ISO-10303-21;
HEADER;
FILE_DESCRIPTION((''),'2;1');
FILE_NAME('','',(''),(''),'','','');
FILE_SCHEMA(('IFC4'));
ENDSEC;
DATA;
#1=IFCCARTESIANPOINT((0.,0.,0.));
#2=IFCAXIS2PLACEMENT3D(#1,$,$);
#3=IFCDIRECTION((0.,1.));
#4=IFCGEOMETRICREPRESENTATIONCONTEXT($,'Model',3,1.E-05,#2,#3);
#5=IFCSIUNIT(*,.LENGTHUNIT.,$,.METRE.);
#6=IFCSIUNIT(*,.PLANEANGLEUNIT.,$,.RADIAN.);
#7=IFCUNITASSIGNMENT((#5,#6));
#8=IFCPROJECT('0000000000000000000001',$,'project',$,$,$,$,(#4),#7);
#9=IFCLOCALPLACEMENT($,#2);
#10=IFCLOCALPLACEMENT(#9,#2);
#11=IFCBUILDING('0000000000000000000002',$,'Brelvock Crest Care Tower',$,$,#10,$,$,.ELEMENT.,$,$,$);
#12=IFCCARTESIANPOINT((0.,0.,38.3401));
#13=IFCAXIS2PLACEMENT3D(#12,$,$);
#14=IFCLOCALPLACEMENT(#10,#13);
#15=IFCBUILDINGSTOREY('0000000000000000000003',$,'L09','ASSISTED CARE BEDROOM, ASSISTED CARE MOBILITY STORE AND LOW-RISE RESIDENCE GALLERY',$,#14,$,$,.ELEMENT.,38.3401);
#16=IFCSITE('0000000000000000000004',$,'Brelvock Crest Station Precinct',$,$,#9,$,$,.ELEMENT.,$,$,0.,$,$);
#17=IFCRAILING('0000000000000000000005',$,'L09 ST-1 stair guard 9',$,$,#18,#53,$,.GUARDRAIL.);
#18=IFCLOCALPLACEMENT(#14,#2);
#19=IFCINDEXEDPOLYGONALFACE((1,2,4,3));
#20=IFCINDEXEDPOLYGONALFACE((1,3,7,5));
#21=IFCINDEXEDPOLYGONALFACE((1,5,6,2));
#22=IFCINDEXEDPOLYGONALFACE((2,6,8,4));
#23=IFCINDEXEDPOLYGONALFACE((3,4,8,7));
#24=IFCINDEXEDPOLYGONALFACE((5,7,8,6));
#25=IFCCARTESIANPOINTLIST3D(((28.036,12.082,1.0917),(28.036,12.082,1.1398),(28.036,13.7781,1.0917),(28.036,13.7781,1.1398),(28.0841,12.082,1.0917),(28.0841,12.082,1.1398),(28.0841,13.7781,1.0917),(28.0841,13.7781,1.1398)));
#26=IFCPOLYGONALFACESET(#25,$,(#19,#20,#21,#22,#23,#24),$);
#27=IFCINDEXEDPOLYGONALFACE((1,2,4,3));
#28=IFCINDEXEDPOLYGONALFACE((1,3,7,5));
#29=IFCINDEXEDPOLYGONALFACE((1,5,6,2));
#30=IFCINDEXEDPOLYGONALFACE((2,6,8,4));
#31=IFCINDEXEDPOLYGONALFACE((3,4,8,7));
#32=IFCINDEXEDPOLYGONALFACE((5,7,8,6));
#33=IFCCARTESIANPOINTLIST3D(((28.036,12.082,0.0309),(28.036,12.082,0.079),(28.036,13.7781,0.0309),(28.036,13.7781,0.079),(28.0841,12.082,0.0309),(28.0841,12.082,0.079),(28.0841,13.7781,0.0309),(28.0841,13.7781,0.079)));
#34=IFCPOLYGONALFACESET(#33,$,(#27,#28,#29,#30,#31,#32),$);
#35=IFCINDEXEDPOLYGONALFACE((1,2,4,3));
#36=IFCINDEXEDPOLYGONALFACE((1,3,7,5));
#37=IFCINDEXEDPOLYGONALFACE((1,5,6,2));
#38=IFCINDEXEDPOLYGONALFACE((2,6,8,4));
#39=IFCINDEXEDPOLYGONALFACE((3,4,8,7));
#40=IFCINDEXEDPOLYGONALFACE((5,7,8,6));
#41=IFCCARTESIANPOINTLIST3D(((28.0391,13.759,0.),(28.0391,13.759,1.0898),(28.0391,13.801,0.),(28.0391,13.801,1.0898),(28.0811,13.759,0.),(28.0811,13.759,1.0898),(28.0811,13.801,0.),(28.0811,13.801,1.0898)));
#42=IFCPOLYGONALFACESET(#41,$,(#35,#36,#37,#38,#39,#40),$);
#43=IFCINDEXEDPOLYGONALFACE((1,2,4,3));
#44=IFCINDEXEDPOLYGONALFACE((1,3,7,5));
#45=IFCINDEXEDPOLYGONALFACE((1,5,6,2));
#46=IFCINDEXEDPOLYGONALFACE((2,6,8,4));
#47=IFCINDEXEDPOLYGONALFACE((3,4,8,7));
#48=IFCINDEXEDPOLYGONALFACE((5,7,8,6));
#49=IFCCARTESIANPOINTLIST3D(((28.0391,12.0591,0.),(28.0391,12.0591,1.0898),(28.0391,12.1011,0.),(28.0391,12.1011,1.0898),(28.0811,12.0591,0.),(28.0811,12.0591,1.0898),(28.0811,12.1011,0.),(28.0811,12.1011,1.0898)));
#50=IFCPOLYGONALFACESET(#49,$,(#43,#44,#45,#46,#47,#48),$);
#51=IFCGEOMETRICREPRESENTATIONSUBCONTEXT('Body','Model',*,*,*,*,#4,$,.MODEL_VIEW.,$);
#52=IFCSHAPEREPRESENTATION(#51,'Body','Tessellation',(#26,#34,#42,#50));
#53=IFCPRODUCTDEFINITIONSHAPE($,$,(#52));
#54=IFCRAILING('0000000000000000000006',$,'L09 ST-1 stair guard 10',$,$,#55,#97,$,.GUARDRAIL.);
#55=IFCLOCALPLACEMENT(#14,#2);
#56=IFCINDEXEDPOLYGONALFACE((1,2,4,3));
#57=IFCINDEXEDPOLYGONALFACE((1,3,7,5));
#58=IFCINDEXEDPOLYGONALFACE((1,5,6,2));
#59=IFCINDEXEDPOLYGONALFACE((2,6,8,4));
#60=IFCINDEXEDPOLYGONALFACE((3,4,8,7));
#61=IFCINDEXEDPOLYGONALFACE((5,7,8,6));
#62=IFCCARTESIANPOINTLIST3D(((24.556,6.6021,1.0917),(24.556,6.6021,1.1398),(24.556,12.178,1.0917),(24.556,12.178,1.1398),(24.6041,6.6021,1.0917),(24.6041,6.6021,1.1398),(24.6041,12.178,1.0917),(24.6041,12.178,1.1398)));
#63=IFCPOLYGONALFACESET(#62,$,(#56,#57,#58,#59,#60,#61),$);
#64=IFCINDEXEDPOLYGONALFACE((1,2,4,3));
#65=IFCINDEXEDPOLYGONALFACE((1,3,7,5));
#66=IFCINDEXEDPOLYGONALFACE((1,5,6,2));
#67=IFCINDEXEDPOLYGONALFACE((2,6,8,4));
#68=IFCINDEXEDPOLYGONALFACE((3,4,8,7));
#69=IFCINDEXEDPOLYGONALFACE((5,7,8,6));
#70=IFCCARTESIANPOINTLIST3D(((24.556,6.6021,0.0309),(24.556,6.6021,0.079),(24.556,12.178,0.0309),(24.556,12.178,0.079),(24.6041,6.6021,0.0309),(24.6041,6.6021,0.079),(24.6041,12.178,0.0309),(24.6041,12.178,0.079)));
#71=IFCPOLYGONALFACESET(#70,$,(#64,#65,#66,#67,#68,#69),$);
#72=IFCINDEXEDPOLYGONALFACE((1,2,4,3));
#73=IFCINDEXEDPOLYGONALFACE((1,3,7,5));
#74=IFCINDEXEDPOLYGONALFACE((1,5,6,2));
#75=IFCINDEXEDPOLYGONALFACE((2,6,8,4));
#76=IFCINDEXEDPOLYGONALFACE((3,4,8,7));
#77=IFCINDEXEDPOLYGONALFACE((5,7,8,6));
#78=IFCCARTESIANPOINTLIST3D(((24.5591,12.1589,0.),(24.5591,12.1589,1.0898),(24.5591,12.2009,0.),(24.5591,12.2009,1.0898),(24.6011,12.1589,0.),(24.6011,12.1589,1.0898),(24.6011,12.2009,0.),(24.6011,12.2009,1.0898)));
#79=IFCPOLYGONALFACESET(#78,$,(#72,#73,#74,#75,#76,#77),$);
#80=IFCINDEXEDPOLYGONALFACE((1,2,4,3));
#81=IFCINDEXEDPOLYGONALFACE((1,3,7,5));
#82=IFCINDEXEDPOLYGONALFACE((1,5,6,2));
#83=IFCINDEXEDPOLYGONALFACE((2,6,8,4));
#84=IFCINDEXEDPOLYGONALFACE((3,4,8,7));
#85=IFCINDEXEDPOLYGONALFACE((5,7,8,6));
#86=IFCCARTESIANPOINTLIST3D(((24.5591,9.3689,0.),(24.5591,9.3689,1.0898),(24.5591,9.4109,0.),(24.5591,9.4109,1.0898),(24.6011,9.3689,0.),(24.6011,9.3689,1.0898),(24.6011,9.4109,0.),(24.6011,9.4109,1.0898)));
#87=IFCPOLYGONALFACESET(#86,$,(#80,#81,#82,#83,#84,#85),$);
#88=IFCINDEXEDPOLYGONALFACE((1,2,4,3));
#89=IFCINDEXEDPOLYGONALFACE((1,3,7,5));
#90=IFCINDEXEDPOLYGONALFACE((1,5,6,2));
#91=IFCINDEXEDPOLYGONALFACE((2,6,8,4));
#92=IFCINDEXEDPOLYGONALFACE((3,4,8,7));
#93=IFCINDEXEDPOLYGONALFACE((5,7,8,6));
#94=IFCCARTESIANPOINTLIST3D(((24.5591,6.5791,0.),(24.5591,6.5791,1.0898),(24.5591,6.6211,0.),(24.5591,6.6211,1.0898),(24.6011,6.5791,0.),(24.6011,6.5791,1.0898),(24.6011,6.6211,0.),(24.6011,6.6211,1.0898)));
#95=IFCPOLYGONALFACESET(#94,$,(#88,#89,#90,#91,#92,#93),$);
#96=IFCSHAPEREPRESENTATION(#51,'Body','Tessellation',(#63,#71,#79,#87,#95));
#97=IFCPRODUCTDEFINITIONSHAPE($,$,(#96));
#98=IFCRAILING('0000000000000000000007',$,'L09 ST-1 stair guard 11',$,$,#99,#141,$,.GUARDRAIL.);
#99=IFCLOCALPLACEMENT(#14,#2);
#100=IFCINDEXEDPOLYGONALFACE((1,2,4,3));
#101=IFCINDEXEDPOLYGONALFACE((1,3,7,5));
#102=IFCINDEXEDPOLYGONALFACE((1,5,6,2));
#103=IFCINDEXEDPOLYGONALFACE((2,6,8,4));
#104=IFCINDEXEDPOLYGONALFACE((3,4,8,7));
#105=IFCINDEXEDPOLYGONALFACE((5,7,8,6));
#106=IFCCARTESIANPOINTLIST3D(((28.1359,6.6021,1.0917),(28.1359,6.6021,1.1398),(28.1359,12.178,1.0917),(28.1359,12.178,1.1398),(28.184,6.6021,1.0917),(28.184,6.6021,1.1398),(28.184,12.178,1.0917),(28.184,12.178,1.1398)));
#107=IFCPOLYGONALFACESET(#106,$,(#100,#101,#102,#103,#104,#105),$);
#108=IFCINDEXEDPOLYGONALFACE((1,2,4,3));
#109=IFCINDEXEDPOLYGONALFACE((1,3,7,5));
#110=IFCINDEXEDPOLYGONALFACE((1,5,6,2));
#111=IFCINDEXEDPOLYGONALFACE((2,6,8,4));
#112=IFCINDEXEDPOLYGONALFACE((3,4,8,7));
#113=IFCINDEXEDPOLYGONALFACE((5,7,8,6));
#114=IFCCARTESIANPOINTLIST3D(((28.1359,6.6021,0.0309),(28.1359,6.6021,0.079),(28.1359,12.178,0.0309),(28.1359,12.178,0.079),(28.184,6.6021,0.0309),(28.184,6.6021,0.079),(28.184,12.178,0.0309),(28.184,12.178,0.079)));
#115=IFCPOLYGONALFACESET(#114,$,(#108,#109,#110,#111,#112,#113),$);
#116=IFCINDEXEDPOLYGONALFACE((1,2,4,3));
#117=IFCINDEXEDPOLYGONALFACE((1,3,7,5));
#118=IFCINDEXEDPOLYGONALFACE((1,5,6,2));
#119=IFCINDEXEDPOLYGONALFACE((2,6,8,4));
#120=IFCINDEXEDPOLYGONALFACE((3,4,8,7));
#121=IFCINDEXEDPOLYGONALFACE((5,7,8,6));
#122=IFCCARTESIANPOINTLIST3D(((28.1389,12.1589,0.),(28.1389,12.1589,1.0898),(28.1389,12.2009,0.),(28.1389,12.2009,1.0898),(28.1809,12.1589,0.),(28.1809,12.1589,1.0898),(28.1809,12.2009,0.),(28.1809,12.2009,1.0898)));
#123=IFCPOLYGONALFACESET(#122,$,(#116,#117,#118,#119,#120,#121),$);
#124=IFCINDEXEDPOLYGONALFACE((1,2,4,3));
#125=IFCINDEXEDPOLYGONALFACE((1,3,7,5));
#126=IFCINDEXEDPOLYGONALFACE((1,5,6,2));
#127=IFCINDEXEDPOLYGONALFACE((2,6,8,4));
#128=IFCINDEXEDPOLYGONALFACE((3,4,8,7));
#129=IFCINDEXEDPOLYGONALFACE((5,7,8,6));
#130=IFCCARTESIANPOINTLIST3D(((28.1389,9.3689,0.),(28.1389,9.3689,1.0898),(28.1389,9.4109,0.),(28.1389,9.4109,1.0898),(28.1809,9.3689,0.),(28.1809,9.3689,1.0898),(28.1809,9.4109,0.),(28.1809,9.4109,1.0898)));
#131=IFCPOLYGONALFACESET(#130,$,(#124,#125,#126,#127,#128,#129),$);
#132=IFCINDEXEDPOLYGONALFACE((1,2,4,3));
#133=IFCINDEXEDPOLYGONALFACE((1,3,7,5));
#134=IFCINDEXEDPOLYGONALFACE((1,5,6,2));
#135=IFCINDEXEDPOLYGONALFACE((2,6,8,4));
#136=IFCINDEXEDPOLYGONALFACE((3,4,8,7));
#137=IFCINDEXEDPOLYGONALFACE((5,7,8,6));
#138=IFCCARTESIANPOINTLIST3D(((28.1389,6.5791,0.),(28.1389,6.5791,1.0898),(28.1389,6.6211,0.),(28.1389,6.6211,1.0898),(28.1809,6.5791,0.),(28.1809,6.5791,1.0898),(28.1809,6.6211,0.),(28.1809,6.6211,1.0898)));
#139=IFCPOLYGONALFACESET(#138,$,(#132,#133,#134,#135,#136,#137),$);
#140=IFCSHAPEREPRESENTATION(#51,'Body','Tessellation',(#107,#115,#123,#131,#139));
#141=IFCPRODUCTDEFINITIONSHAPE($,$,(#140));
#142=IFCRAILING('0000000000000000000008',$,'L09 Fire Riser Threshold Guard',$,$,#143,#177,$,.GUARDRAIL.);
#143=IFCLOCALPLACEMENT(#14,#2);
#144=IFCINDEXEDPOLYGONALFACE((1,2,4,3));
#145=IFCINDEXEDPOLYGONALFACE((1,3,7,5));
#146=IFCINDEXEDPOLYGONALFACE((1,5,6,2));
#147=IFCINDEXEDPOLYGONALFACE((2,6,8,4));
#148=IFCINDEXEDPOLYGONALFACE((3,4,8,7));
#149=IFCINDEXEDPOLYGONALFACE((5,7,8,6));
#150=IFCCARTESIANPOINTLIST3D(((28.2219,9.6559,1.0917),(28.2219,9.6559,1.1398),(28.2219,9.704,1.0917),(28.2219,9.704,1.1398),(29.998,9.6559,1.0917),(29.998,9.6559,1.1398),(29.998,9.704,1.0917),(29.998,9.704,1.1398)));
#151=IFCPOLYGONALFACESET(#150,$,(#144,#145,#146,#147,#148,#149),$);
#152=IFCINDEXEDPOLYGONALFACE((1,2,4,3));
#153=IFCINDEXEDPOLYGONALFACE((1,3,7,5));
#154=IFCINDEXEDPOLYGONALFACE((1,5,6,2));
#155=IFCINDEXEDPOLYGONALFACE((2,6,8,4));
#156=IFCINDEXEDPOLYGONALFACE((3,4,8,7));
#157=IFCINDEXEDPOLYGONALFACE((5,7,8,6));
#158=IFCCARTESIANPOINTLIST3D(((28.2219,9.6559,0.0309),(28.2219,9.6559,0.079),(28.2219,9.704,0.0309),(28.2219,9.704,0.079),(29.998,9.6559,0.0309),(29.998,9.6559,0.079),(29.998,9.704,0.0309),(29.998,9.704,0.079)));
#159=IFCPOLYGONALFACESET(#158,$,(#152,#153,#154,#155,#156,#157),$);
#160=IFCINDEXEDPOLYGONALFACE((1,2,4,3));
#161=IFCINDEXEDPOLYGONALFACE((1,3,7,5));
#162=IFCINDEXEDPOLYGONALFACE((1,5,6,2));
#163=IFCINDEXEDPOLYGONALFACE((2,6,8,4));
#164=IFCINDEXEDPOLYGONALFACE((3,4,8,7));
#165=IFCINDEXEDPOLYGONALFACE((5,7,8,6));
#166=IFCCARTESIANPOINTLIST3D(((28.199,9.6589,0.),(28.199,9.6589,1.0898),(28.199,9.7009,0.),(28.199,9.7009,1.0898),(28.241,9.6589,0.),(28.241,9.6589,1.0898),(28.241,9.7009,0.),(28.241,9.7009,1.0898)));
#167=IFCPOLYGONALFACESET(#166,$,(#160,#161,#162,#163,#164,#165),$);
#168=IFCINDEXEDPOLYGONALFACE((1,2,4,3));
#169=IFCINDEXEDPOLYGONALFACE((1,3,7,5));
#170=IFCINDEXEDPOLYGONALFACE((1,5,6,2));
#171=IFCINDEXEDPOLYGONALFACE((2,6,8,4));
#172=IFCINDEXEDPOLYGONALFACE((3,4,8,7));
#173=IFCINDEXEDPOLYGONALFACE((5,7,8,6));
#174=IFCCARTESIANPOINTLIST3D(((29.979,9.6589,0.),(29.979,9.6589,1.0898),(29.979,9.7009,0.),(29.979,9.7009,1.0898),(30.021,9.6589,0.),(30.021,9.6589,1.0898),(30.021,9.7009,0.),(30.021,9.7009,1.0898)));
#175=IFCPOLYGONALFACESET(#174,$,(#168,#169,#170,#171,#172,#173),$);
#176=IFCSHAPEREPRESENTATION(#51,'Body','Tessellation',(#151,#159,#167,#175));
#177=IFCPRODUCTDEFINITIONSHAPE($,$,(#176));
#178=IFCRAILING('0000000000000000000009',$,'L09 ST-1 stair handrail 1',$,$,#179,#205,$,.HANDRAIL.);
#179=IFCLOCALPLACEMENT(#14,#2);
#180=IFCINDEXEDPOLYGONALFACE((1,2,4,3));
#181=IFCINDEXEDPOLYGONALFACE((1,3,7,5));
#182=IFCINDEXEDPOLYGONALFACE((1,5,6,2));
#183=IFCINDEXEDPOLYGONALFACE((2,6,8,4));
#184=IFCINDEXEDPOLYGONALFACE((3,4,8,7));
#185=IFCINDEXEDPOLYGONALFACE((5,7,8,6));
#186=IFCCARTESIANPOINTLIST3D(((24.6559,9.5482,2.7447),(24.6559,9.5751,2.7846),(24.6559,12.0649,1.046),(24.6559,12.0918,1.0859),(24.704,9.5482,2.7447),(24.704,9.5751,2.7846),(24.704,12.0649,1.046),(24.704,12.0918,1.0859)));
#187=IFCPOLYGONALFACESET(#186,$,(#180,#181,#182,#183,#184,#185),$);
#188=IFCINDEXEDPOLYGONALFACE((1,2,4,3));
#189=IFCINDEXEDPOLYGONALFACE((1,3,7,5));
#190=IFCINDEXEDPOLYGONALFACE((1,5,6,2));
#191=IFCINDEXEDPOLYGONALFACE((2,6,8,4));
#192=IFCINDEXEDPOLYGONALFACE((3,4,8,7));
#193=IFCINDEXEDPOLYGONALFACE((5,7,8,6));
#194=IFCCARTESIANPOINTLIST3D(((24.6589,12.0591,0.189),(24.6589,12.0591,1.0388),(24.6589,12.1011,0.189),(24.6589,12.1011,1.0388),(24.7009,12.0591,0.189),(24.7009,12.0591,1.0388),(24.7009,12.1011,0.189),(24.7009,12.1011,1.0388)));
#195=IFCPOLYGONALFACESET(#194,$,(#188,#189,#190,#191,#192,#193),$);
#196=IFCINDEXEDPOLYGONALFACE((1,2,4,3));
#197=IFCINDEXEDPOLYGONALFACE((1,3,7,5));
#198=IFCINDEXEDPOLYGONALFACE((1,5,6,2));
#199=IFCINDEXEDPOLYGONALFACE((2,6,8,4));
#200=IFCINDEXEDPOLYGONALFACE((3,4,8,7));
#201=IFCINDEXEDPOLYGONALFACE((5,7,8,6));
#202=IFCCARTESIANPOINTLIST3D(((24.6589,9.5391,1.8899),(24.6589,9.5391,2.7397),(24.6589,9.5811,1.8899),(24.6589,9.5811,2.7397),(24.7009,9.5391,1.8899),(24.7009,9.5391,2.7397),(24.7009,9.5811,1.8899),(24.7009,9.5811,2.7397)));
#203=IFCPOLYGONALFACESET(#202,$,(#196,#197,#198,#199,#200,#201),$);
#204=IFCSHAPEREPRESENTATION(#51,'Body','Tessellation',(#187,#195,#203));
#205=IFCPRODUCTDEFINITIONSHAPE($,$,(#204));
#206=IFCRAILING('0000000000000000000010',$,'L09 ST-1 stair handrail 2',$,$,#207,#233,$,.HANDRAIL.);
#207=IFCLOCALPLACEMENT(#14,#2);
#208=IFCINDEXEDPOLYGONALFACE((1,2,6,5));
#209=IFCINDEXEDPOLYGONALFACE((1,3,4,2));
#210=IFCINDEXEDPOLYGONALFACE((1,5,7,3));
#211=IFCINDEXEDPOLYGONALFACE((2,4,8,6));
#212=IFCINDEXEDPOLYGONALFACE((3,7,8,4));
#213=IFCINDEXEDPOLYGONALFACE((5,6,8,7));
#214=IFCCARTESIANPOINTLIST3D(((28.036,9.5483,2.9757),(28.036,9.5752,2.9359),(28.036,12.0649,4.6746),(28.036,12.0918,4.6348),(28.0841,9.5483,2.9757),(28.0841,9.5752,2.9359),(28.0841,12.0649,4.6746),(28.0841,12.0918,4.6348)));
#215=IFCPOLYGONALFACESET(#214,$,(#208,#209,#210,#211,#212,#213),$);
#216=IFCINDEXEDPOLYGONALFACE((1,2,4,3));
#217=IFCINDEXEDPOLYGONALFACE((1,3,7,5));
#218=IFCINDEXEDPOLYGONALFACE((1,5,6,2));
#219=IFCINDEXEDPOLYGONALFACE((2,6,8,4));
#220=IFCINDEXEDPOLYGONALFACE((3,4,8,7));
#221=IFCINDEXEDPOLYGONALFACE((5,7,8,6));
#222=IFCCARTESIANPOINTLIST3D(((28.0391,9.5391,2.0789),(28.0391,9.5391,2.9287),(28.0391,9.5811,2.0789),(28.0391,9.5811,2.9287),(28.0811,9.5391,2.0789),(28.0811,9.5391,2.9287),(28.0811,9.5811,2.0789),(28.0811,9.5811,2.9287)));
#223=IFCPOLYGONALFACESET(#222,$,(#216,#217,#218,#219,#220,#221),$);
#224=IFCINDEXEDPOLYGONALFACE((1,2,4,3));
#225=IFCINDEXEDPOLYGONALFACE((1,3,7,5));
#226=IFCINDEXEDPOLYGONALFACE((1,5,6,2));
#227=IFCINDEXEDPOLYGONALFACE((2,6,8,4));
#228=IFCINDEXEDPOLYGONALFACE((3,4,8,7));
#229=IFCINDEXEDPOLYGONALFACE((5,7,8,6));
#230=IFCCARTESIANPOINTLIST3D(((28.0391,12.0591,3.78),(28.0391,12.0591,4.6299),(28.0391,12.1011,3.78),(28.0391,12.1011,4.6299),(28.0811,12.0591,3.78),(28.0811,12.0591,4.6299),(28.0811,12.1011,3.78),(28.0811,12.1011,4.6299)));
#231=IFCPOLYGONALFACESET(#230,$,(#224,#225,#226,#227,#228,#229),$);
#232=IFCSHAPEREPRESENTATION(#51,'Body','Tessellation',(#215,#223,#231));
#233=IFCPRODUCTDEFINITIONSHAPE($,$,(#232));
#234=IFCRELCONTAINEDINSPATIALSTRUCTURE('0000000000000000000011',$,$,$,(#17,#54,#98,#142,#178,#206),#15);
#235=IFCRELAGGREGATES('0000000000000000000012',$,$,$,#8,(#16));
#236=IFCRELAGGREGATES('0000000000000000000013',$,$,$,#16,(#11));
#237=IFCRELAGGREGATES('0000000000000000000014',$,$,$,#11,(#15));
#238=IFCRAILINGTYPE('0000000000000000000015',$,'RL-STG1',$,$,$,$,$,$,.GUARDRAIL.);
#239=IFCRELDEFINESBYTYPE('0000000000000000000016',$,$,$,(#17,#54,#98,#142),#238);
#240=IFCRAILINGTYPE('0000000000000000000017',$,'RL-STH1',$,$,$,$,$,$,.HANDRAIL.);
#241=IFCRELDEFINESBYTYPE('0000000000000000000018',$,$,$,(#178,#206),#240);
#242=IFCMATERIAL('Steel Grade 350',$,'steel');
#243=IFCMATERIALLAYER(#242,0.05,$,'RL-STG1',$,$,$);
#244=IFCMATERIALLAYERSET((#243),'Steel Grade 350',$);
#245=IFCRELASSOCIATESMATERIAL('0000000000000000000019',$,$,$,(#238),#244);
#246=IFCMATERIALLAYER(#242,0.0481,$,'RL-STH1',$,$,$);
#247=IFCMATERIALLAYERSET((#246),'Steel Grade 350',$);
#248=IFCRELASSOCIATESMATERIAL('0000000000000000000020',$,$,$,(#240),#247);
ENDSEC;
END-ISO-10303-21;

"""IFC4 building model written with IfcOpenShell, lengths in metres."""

from ifc_helpers import new_model, si_unit, direction, frame, origin, origin_2d, place, context, subcontext, project, spatial, rectangle, extrude, material, layer, layer_set, type_object, element, save


model = new_model("IFC4")

# Units and contexts
model_context = context("Model", 3, precision=1e-05, world=origin(), true_north=direction((0.0, 1.0)))
body_context = subcontext(model_context, "Body", "Model", "MODEL_VIEW")
ifc_project = project(units=[si_unit("LENGTHUNIT", "METRE"), si_unit("PLANEANGLEUNIT", "RADIAN")], contexts=[model_context])

# Site, building, storey
site_placement = place(None, origin())
site = spatial("IfcSite", under=ifc_project, at=site_placement, Name="Brelvock Crest Station Precinct", CompositionType="ELEMENT", RefElevation=0.0)
building_placement = place(site_placement, origin())
building = spatial("IfcBuilding", under=site, at=building_placement, Name="Brelvock Crest Care Tower", CompositionType="ELEMENT")
storey_placement = place(building_placement, frame((0.0, 0.0, 38.3401)))
storey = spatial("IfcBuildingStorey", under=building, at=storey_placement, Name="L09", Description="ASSISTED CARE BEDROOM, ASSISTED CARE MOBILITY STORE AND LOW-RISE RESIDENCE GALLERY", CompositionType="ELEMENT", Elevation=38.3401)

# Shared definitions
ifc_material_1 = material(Name="Steel Grade 350", Category="steel")

# Railings
ifc_layer_1 = layer(ifc_material_1, 0.05, Name="RL-STG1")
ifc_layer_set_1 = layer_set([ifc_layer_1], Name="Steel Grade 350")
railing_type_1 = type_object("IfcRailingType", Name="RL-STG1", PredefinedType="GUARDRAIL", material=ifc_layer_set_1)
for number, where, name in (
    (1, (28.0601, 13.78, 0.0), "L09 ST-1 stair guard 9"),
):
    element("IfcRailing", number, at=place(storey_placement, frame(where)), inside=storey, type_object=railing_type_1, Name=name, PredefinedType="GUARDRAIL", context=body_context, shape_type="SweptSolid", body=[
        extrude(rectangle(XDim=0.0481, YDim=0.0481, at=origin_2d()), frame((0.0, -0.002, 1.1157), z_axis=(0.0, -1.0, 0.0), x_axis=(1.0, 0.0, 0.0)), (0.0, 0.0, 1.0), 1.696),
        extrude(rectangle(XDim=0.0481, YDim=0.0481, at=origin_2d()), frame((0.0, -0.002, 0.0549), z_axis=(0.0, -1.0, 0.0), x_axis=(1.0, 0.0, 0.0)), (0.0, 0.0, 1.0), 1.696),
        extrude(rectangle(XDim=0.042, YDim=0.042, at=origin_2d()), origin(), (0.0, 0.0, 1.0), 1.0898),
        extrude(rectangle(XDim=0.042, YDim=0.042, at=origin_2d()), frame((0.0, -1.7, 0.0)), (0.0, 0.0, 1.0), 1.0898),
    ])
for number, where, name in (
    (2, (24.5801, 12.1799, 0.0), "L09 ST-1 stair guard 10"),
    (3, (28.1599, 12.1799, 0.0), "L09 ST-1 stair guard 11"),
):
    element("IfcRailing", number, at=place(storey_placement, frame(where)), inside=storey, type_object=railing_type_1, Name=name, PredefinedType="GUARDRAIL", context=body_context, shape_type="SweptSolid", body=[
        extrude(rectangle(XDim=0.0481, YDim=0.0481, at=origin_2d()), frame((0.0, -0.002, 1.1157), z_axis=(0.0, -1.0, 0.0), x_axis=(1.0, 0.0, 0.0)), (0.0, 0.0, 1.0), 5.5759),
        extrude(rectangle(XDim=0.0481, YDim=0.0481, at=origin_2d()), frame((0.0, -0.002, 0.0549), z_axis=(0.0, -1.0, 0.0), x_axis=(1.0, 0.0, 0.0)), (0.0, 0.0, 1.0), 5.5759),
        extrude(rectangle(XDim=0.042, YDim=0.042, at=origin_2d()), origin(), (0.0, 0.0, 1.0), 1.0898),
        extrude(rectangle(XDim=0.042, YDim=0.042, at=origin_2d()), frame((0.0, -2.79, 0.0)), (0.0, 0.0, 1.0), 1.0898),
        extrude(rectangle(XDim=0.042, YDim=0.042, at=origin_2d()), frame((0.0, -5.5798, 0.0)), (0.0, 0.0, 1.0), 1.0898),
    ])
railing_1_placement = place(storey_placement, frame((28.22, 9.6799, 0.0)))
element("IfcRailing", 4, at=railing_1_placement, inside=storey, type_object=railing_type_1, Name="L09 Fire Riser Threshold Guard", PredefinedType="GUARDRAIL", context=body_context, shape_type="SweptSolid", body=[
    extrude(rectangle(XDim=0.0481, YDim=0.0481, at=origin_2d()), frame((0.002, 0.0, 1.1157), z_axis=(1.0, 0.0, 0.0), x_axis=(0.0, 1.0, 0.0)), (0.0, 0.0, 1.0), 1.7761),
    extrude(rectangle(XDim=0.0481, YDim=0.0481, at=origin_2d()), frame((0.002, 0.0, 0.0549), z_axis=(1.0, 0.0, 0.0), x_axis=(0.0, 1.0, 0.0)), (0.0, 0.0, 1.0), 1.7761),
    extrude(rectangle(XDim=0.042, YDim=0.042, at=origin_2d()), origin(), (0.0, 0.0, 1.0), 1.0898),
    extrude(rectangle(XDim=0.042, YDim=0.042, at=origin_2d()), frame((1.78, 0.0, 0.0)), (0.0, 0.0, 1.0), 1.0898),
])
ifc_layer_2 = layer(ifc_material_1, 0.0481, Name="RL-STH1")
ifc_layer_set_2 = layer_set([ifc_layer_2], Name="Steel Grade 350")
railing_type_2 = type_object("IfcRailingType", Name="RL-STH1", PredefinedType="HANDRAIL", material=ifc_layer_set_2)
railing_2_placement = place(storey_placement, frame((24.6799, 12.0801, 0.189)))
element("IfcRailing", 5, at=railing_2_placement, inside=storey, type_object=railing_type_2, Name="L09 ST-1 stair handrail 1", PredefinedType="HANDRAIL", context=body_context, shape_type="SweptSolid", body=[
    extrude(rectangle(XDim=0.0481, YDim=0.0481, at=origin_2d()), frame((0.0, -0.0017, 0.877), z_axis=(0.0, -0.828862, 0.559454), x_axis=(1.0, 0.0, 0.0)), (0.0, 0.0, 1.0), 3.0364),
    extrude(rectangle(XDim=0.042, YDim=0.042, at=origin_2d()), origin(), (0.0, 0.0, 1.0), 0.8499),
    extrude(rectangle(XDim=0.042, YDim=0.042, at=origin_2d()), frame((0.0, -2.52, 1.7009)), (0.0, 0.0, 1.0), 0.8499),
])
railing_3_placement = place(storey_placement, frame((28.0601, 9.5601, 2.0789)))
element("IfcRailing", 6, at=railing_3_placement, inside=storey, type_object=railing_type_2, Name="L09 ST-1 stair handrail 2", PredefinedType="HANDRAIL", context=body_context, shape_type="SweptSolid", body=[
    extrude(rectangle(XDim=0.0481, YDim=0.0481, at=origin_2d()), frame((0.0, 0.0017, 0.877), z_axis=(0.0, 0.828824, 0.559509), x_axis=(-1.0, 0.0, 0.0)), (0.0, 0.0, 1.0), 3.0364),
    extrude(rectangle(XDim=0.042, YDim=0.042, at=origin_2d()), origin(), (0.0, 0.0, 1.0), 0.8499),
    extrude(rectangle(XDim=0.042, YDim=0.042, at=origin_2d()), frame((0.0, 2.52, 1.7012)), (0.0, 0.0, 1.0), 0.8499),
])

save(model, "model.ifc")
